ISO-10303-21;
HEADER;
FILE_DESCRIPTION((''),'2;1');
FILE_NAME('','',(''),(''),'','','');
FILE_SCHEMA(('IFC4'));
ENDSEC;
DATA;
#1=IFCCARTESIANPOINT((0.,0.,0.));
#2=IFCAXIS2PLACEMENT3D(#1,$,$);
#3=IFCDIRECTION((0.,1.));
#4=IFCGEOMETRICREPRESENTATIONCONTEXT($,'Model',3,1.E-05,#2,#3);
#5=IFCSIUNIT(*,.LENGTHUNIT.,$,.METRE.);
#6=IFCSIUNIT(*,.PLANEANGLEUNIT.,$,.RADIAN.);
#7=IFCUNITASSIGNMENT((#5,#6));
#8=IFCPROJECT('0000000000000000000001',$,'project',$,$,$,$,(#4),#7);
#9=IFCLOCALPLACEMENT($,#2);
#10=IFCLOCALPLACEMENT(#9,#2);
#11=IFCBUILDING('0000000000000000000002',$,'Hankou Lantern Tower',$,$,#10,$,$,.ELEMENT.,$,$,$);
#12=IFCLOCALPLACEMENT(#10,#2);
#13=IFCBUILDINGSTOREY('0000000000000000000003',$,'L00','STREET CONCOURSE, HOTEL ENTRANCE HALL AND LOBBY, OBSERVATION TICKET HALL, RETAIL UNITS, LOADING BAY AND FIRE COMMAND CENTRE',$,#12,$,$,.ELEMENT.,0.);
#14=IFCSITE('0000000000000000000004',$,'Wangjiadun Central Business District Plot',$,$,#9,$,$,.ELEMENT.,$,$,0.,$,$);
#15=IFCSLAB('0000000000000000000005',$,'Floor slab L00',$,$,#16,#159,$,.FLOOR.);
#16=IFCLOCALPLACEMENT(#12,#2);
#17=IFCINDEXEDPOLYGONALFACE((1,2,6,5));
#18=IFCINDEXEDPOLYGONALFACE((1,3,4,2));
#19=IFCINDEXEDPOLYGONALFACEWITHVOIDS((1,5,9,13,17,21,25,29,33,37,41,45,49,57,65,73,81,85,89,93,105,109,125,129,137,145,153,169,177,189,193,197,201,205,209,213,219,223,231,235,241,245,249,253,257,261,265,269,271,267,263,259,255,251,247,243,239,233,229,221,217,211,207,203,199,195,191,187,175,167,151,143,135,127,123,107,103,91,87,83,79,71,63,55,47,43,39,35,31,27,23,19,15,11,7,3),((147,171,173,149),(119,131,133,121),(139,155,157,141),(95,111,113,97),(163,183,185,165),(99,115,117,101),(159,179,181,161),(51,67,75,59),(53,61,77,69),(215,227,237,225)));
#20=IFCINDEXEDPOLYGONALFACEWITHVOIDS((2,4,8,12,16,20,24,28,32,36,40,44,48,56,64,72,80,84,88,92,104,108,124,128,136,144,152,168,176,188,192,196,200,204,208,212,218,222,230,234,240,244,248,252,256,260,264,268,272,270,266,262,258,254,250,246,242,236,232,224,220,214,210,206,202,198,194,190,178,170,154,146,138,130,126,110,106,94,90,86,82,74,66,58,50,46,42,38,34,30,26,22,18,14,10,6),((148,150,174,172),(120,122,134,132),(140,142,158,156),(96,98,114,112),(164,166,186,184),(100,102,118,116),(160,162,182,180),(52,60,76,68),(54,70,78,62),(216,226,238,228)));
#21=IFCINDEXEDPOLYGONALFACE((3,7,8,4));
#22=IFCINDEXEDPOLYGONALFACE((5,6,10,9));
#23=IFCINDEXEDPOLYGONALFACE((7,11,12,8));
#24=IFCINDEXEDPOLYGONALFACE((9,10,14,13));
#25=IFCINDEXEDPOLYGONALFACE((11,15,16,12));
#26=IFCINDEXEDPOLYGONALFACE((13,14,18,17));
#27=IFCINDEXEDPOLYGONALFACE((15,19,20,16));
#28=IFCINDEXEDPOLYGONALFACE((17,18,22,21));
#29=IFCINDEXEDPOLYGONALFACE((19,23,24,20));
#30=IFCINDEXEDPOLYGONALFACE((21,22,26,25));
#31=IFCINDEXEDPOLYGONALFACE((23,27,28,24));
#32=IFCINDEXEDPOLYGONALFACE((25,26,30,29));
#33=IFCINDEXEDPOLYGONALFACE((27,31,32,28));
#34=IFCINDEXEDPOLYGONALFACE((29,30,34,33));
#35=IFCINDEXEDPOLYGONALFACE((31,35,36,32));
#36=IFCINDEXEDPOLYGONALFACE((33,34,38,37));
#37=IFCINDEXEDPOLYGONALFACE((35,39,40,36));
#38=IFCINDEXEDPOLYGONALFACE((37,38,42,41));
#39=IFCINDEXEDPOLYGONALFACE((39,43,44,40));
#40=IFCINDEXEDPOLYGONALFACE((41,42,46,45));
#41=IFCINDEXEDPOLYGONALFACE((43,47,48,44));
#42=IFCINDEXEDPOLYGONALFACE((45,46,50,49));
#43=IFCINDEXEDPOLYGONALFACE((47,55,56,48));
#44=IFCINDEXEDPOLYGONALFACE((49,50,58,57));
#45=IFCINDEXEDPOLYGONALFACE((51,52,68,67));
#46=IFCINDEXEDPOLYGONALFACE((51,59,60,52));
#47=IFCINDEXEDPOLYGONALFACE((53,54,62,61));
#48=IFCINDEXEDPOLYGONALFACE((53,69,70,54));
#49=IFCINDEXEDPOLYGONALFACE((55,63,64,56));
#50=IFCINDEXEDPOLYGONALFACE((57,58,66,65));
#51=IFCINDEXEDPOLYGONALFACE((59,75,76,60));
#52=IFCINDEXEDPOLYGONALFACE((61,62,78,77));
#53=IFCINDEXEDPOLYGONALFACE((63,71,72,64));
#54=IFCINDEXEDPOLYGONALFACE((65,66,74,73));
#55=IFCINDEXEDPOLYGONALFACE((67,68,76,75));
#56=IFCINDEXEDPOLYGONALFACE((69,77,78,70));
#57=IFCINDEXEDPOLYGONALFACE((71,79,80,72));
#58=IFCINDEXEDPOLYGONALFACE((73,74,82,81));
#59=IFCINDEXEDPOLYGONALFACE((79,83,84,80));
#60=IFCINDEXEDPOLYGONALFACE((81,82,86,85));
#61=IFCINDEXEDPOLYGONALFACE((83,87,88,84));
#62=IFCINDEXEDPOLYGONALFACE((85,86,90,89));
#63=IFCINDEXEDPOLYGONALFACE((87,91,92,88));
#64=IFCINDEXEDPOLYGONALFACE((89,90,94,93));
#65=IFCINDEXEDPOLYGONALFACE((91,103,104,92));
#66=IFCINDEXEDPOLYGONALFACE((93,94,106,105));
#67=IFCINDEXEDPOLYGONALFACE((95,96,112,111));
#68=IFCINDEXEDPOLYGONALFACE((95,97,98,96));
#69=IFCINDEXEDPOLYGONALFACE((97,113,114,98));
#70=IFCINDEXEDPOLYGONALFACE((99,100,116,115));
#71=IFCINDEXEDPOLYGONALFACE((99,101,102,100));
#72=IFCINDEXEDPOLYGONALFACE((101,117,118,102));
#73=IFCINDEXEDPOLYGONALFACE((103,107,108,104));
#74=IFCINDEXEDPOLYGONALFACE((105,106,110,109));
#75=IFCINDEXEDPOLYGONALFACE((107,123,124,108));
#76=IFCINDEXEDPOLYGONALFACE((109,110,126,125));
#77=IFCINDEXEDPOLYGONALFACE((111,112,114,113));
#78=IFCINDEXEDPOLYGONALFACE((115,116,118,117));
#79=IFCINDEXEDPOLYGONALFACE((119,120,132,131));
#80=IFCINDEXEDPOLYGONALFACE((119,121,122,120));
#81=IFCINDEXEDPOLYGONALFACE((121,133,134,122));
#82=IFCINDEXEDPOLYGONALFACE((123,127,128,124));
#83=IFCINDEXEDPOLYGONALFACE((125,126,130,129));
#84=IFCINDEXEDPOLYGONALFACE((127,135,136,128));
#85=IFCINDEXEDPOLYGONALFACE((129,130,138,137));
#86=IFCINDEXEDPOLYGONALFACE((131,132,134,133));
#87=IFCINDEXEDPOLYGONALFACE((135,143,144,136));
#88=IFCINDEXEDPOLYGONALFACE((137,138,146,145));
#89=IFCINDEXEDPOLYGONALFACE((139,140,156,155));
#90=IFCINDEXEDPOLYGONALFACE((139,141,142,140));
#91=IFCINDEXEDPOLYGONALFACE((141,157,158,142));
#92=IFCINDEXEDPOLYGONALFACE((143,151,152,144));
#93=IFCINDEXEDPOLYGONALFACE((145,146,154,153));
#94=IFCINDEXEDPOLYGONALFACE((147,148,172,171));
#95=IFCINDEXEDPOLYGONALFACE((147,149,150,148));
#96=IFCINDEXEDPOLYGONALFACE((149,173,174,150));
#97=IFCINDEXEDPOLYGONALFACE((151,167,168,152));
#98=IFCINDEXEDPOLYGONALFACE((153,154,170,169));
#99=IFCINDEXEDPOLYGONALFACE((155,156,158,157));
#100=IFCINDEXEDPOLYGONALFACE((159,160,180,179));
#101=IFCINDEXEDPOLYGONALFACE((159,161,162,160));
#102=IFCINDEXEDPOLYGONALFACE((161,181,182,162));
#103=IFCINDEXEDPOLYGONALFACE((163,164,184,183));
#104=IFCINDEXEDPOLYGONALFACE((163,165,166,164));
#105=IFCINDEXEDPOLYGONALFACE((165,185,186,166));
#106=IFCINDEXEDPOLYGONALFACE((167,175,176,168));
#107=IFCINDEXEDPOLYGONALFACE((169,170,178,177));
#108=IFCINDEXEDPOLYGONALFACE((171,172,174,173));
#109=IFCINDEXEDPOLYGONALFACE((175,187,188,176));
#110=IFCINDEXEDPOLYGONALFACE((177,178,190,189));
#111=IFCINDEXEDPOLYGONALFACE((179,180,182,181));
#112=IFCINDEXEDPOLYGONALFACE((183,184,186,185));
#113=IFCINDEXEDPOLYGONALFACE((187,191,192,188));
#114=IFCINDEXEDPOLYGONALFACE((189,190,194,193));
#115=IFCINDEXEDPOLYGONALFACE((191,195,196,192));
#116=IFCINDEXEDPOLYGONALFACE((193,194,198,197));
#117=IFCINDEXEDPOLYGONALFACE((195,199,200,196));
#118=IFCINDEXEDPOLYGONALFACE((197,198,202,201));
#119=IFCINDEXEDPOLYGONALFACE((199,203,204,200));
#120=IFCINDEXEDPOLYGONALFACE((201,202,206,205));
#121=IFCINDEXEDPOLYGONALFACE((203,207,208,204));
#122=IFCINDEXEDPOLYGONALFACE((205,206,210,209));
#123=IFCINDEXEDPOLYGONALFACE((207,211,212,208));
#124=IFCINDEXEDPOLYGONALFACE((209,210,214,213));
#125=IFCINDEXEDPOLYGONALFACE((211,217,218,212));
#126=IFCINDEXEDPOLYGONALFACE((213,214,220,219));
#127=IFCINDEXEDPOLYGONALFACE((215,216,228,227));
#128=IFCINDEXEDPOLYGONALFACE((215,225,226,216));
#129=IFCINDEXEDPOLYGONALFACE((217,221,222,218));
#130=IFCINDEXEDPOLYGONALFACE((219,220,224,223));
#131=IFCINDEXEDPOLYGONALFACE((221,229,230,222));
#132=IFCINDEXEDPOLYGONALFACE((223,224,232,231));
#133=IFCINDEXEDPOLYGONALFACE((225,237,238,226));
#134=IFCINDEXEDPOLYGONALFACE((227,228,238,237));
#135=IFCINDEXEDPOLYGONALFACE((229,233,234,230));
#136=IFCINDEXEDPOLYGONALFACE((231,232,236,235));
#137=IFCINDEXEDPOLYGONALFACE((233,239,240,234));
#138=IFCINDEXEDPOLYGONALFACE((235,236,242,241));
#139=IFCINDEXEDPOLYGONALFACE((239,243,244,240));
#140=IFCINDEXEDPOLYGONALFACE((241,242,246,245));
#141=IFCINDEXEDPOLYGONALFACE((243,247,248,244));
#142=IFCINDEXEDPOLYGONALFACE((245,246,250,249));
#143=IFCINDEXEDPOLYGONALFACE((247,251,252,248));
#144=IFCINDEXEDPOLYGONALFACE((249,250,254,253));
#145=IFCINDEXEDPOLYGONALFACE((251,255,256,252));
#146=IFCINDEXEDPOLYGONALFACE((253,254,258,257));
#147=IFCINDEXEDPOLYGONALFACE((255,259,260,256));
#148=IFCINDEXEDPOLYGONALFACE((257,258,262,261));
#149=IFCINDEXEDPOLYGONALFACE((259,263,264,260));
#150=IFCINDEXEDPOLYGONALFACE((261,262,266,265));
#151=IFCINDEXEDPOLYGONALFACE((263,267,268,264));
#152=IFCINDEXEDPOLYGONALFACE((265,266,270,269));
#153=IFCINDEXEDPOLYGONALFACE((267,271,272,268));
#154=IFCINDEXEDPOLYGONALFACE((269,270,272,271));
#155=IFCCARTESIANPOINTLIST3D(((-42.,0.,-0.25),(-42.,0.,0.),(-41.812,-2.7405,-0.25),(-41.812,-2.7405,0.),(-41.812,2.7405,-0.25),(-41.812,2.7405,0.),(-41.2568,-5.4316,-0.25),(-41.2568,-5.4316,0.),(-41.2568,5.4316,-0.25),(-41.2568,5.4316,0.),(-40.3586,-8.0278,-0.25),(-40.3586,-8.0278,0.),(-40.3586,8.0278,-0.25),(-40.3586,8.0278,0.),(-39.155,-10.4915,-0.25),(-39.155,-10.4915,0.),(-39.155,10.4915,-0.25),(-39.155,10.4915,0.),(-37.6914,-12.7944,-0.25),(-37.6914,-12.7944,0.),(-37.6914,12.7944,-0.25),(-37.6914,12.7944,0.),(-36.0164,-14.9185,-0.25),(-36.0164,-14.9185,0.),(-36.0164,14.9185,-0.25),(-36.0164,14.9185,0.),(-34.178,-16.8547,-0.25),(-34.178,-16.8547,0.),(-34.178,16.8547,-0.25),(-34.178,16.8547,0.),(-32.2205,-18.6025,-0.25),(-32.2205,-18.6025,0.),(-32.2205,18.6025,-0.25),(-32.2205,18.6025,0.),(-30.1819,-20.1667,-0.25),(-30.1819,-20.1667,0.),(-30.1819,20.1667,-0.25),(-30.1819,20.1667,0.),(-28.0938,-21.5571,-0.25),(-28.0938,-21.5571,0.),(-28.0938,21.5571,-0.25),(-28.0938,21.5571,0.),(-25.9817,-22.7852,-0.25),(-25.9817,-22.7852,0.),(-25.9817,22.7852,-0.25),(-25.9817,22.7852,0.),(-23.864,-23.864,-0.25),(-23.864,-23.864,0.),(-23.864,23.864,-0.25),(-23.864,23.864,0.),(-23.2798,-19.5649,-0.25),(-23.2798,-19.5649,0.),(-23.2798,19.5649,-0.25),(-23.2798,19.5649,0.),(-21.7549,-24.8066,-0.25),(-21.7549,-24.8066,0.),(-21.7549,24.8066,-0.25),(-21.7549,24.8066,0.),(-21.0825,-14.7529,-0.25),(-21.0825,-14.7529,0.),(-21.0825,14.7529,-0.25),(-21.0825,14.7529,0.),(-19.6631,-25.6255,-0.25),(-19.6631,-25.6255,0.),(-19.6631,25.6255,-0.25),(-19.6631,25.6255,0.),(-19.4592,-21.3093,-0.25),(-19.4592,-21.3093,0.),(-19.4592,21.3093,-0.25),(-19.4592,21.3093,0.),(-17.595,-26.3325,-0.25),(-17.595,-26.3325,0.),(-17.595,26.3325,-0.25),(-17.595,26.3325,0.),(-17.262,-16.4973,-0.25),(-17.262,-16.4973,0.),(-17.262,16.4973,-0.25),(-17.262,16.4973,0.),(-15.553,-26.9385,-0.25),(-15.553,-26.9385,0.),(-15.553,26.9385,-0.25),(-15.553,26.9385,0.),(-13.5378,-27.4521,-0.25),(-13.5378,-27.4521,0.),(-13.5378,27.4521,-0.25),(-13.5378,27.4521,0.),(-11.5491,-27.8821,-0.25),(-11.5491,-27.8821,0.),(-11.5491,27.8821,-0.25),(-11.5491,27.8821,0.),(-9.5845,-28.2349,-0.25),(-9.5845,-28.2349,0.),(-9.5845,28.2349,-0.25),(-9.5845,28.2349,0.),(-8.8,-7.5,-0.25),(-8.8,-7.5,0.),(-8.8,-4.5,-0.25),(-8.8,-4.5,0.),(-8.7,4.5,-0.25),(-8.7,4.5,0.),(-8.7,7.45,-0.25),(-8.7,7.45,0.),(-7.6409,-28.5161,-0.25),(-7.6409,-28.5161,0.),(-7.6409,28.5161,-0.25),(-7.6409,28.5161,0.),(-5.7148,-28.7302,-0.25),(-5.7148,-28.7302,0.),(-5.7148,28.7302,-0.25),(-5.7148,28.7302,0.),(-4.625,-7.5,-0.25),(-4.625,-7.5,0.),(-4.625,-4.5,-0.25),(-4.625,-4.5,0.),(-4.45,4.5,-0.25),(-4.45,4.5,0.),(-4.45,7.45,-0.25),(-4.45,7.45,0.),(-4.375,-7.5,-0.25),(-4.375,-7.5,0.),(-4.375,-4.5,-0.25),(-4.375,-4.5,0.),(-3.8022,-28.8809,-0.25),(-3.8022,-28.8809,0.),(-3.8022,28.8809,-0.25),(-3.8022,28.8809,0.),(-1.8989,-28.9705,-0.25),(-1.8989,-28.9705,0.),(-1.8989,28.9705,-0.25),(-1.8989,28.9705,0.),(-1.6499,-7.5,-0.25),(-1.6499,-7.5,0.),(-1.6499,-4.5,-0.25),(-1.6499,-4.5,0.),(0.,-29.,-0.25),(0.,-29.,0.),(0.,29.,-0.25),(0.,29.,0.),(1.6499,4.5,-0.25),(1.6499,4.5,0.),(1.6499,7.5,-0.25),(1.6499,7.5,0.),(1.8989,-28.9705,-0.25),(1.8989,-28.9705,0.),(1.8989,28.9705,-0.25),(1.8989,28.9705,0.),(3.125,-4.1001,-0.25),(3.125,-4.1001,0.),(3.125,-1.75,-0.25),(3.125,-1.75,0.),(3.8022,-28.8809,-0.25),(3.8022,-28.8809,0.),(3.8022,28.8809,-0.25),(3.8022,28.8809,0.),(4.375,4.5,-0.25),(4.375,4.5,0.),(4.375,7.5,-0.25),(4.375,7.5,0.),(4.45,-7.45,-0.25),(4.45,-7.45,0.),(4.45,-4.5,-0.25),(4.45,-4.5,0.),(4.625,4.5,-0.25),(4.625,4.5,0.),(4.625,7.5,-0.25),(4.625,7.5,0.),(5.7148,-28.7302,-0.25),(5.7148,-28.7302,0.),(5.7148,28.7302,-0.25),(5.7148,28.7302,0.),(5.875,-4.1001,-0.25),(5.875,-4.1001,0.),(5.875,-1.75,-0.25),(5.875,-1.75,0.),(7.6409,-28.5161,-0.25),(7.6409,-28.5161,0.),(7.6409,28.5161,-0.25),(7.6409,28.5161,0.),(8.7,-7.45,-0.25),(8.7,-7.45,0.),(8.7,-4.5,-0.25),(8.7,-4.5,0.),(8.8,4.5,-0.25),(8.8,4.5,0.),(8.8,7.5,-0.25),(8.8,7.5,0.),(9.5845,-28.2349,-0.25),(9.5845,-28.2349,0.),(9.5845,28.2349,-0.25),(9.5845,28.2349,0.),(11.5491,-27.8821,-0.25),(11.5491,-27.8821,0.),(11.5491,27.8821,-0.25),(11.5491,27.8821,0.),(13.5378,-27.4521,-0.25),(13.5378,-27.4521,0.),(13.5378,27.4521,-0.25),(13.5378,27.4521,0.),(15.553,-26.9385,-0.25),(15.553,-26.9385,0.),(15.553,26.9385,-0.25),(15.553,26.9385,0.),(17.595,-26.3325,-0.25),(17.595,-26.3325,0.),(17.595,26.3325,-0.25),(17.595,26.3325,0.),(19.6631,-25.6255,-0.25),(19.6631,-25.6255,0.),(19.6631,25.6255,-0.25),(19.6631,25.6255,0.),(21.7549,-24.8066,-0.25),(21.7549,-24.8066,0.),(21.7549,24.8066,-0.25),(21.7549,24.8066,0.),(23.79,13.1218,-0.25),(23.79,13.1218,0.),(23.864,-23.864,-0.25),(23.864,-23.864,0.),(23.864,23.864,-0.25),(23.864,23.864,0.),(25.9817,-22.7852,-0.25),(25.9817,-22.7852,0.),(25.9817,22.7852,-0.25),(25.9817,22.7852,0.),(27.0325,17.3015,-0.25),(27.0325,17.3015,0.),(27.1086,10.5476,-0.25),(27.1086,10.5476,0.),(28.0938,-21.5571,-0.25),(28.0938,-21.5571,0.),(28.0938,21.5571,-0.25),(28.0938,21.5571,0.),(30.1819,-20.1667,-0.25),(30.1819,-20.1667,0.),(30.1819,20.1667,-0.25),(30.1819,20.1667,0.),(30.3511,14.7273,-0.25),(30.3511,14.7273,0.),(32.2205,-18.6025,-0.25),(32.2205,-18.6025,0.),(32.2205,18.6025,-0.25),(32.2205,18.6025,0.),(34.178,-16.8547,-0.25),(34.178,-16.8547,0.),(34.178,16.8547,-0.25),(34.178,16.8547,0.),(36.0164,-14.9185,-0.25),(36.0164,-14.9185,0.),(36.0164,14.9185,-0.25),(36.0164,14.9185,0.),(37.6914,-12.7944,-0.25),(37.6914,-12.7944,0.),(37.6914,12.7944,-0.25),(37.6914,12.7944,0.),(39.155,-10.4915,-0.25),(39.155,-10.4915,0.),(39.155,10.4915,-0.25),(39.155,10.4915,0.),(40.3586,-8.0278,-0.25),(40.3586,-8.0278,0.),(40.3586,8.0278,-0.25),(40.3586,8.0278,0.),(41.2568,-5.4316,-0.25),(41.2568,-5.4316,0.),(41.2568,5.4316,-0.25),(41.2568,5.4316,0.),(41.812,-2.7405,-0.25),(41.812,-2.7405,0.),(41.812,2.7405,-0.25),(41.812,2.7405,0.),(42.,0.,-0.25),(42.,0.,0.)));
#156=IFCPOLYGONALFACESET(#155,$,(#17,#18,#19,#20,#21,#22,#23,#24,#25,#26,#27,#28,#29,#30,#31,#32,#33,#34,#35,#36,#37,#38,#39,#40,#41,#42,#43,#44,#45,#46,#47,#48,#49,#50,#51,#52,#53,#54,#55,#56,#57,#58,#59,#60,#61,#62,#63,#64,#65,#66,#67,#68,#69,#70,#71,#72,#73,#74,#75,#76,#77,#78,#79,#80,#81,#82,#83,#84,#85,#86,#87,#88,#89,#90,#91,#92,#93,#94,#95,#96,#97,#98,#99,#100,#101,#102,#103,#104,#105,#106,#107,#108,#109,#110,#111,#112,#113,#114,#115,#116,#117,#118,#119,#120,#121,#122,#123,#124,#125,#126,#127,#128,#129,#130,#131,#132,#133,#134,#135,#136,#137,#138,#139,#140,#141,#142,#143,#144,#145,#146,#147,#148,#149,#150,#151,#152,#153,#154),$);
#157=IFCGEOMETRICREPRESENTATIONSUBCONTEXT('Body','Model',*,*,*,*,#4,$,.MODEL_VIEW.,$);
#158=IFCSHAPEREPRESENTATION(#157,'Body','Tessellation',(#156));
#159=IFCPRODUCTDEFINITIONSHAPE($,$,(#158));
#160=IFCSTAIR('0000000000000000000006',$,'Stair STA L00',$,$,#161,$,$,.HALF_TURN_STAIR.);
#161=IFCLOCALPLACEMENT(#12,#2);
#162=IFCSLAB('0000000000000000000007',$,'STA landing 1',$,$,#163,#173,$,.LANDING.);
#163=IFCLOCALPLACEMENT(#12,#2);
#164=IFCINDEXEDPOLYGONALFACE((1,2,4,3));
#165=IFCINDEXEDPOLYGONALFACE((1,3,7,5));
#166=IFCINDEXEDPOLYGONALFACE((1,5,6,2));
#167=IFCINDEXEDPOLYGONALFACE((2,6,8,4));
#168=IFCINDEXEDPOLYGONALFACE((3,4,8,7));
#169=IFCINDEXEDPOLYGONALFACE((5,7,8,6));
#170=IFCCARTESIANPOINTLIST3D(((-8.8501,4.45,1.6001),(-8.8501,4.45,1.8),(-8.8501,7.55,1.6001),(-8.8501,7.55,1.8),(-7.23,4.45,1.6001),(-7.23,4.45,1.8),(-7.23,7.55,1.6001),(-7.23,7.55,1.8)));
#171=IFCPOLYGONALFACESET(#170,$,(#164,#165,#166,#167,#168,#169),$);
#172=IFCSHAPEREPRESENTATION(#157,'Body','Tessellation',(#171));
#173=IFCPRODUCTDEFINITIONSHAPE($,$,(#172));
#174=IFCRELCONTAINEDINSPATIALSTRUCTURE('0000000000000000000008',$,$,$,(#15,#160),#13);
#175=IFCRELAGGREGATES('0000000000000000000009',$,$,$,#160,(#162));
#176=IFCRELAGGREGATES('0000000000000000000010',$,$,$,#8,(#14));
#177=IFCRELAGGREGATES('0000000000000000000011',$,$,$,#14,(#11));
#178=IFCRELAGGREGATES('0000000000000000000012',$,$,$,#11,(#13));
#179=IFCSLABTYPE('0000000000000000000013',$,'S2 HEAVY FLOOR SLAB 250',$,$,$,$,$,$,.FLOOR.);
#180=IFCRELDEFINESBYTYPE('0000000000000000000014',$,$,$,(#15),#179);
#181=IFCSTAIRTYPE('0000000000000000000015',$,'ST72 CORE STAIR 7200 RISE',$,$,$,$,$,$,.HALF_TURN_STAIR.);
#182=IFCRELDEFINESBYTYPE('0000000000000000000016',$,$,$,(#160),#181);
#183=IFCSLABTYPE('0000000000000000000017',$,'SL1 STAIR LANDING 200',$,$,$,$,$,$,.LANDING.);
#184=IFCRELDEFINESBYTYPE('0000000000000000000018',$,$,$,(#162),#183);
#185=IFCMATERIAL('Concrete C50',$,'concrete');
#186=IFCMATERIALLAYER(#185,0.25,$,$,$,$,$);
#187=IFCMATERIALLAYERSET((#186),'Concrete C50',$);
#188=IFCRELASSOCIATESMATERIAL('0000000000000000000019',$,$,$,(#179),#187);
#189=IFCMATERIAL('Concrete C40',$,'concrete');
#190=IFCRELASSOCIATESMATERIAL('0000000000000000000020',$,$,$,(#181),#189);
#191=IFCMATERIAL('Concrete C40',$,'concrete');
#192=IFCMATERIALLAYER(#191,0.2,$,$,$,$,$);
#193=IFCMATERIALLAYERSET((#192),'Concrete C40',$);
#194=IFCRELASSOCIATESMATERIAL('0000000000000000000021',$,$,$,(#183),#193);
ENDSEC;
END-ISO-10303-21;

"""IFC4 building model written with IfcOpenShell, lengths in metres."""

from ifc_helpers import new_model, si_unit, direction, frame, origin, place, context, subcontext, project, spatial, polyline, outline, extrude, material, layer, layer_set, type_object, element, aggregate, save


model = new_model("IFC4")

# Units and contexts
model_context = context("Model", 3, precision=1e-05, world=origin(), true_north=direction((0.0, 1.0)))
body_context = subcontext(model_context, "Body", "Model", "MODEL_VIEW")
ifc_project = project(units=[si_unit("LENGTHUNIT", "METRE"), si_unit("PLANEANGLEUNIT", "RADIAN")], contexts=[model_context])

# Site, building, storey
site_placement = place(None, origin())
site = spatial("IfcSite", under=ifc_project, at=site_placement, Name="Wangjiadun Central Business District Plot", CompositionType="ELEMENT", RefElevation=0.0)
building_placement = place(site_placement, origin())
building = spatial("IfcBuilding", under=site, at=building_placement, Name="Hankou Lantern Tower", CompositionType="ELEMENT")
storey_placement = place(building_placement, origin())
storey = spatial("IfcBuildingStorey", under=building, at=storey_placement, Name="L00", Description="STREET CONCOURSE, HOTEL ENTRANCE HALL AND LOBBY, OBSERVATION TICKET HALL, RETAIL UNITS, LOADING BAY AND FIRE COMMAND CENTRE", CompositionType="ELEMENT", Elevation=0.0)

# Slab
ifc_material_1 = material(Name="Concrete C50", Category="concrete")
ifc_layer_1 = layer(ifc_material_1, 0.25)
ifc_layer_set_1 = layer_set([ifc_layer_1], Name="Concrete C50")
slab_type_1 = type_object("IfcSlabType", Name="S2 HEAVY FLOOR SLAB 250", PredefinedType="FLOOR", material=ifc_layer_set_1)
slab_1_placement = place(storey_placement, frame((0.0, 0.0, -0.25)))
element("IfcSlab", 1, at=slab_1_placement, inside=storey, type_object=slab_type_1, Name="Floor slab L00", PredefinedType="FLOOR", context=body_context, shape_type="SweptSolid", body=[
    extrude(outline(polyline([(42.0, 0.0), (41.812, 2.7405), (41.2568, 5.4316), (40.3586, 8.0278), (39.155, 10.4915), (37.6914, 12.7944), (36.0164, 14.9185), (34.178, 16.8547), (32.2205, 18.6025), (30.1819, 20.1667), (28.0938, 21.5571), (25.9817, 22.7852), (23.864, 23.864), (21.7549, 24.8066), (19.6631, 25.6255), (17.595, 26.3325), (15.553, 26.9385), (13.5378, 27.4521), (11.5491, 27.8821), (9.5845, 28.2349), (7.6409, 28.5161), (5.7148, 28.7302), (3.8022, 28.8809), (1.8989, 28.9705), (0.0, 29.0), (-1.8989, 28.9705), (-3.8022, 28.8809), (-5.7148, 28.7302), (-7.6409, 28.5161), (-9.5845, 28.2349), (-11.5491, 27.8821), (-13.5378, 27.4521), (-15.553, 26.9385), (-17.595, 26.3325), (-19.6631, 25.6255), (-21.7549, 24.8066), (-23.864, 23.864), (-25.9817, 22.7852), (-28.0938, 21.5571), (-30.1819, 20.1667), (-32.2205, 18.6025), (-34.178, 16.8547), (-36.0164, 14.9185), (-37.6914, 12.7944), (-39.155, 10.4915), (-40.3586, 8.0278), (-41.2568, 5.4316), (-41.812, 2.7405), (-42.0, 0.0), (-41.812, -2.7405), (-41.2568, -5.4316), (-40.3586, -8.0278), (-39.155, -10.4915), (-37.6914, -12.7944), (-36.0164, -14.9185), (-34.178, -16.8547), (-32.2205, -18.6025), (-30.1819, -20.1667), (-28.0938, -21.5571), (-25.9817, -22.7852), (-23.864, -23.864), (-21.7549, -24.8066), (-19.6631, -25.6255), (-17.595, -26.3325), (-15.553, -26.9385), (-13.5378, -27.4521), (-11.5491, -27.8821), (-9.5845, -28.2349), (-7.6409, -28.5161), (-5.7148, -28.7302), (-3.8022, -28.8809), (-1.8989, -28.9705), (0.0, -29.0), (1.8989, -28.9705), (3.8022, -28.8809), (5.7148, -28.7302), (7.6409, -28.5161), (9.5845, -28.2349), (11.5491, -27.8821), (13.5378, -27.4521), (15.553, -26.9385), (17.595, -26.3325), (19.6631, -25.6255), (21.7549, -24.8066), (23.864, -23.864), (25.9817, -22.7852), (28.0938, -21.5571), (30.1819, -20.1667), (32.2205, -18.6025), (34.178, -16.8547), (36.0164, -14.9185), (37.6914, -12.7944), (39.155, -10.4915), (40.3586, -8.0278), (41.2568, -5.4316), (41.812, -2.7405), (42.0, 0.0)]), holes=[polyline([(3.125, -1.75), (5.875, -1.75), (5.875, -4.1001), (3.125, -4.1001), (3.125, -1.75)]), polyline([(1.6499, 7.5), (4.375, 7.5), (4.375, 4.5), (1.6499, 4.5), (1.6499, 7.5)]), polyline([(-4.375, -4.5), (-1.6499, -4.5), (-1.6499, -7.5), (-4.375, -7.5), (-4.375, -4.5)]), polyline([(-8.7, 7.45), (-4.45, 7.45), (-4.45, 4.5), (-8.7, 4.5), (-8.7, 7.45)]), polyline([(4.45, -4.5), (8.7, -4.5), (8.7, -7.45), (4.45, -7.45), (4.45, -4.5)]), polyline([(4.625, 7.5), (8.8, 7.5), (8.8, 4.5), (4.625, 4.5), (4.625, 7.5)]), polyline([(-8.8, -4.5), (-4.625, -4.5), (-4.625, -7.5), (-8.8, -7.5), (-8.8, -4.5)]), polyline([(27.1086, 10.5476), (23.79, 13.1218), (27.0325, 17.3015), (30.3511, 14.7273), (27.1086, 10.5476)]), polyline([(-17.262, 16.4973), (-21.0825, 14.7529), (-23.2798, 19.5649), (-19.4592, 21.3093), (-17.262, 16.4973)]), polyline([(-21.0825, -14.7529), (-17.262, -16.4973), (-19.4592, -21.3093), (-23.2798, -19.5649), (-21.0825, -14.7529)])]), origin(), (0.0, 0.0, 1.0), 0.25),
])

# Stair, slab
ifc_material_2 = material(Name="Concrete C40", Category="concrete")
stair_type_1 = type_object("IfcStairType", Name="ST72 CORE STAIR 7200 RISE", PredefinedType="HALF_TURN_STAIR", material=ifc_material_2)
stair_1_placement = place(storey_placement, origin())
stair_1 = element("IfcStair", 2, at=stair_1_placement, inside=storey, type_object=stair_type_1, Name="Stair STA L00", PredefinedType="HALF_TURN_STAIR")
ifc_material_3 = material(Name="Concrete C40", Category="concrete")
ifc_layer_2 = layer(ifc_material_3, 0.2)
ifc_layer_set_2 = layer_set([ifc_layer_2], Name="Concrete C40")
slab_type_2 = type_object("IfcSlabType", Name="SL1 STAIR LANDING 200", PredefinedType="LANDING", material=ifc_layer_set_2)
slab_2_placement = place(storey_placement, frame((0.0, 0.0, 1.6001)))
slab_2 = element("IfcSlab", 3, at=slab_2_placement, type_object=slab_type_2, Name="STA landing 1", PredefinedType="LANDING", context=body_context, shape_type="SweptSolid", body=[
    extrude(outline(polyline([(-8.8501, 4.45), (-7.23, 4.45), (-7.23, 7.55), (-8.8501, 7.55), (-8.8501, 4.45)])), origin(), (0.0, 0.0, 1.0), 0.2),
])
aggregate(stair_1, [slab_2])

save(model, "model.ifc")
